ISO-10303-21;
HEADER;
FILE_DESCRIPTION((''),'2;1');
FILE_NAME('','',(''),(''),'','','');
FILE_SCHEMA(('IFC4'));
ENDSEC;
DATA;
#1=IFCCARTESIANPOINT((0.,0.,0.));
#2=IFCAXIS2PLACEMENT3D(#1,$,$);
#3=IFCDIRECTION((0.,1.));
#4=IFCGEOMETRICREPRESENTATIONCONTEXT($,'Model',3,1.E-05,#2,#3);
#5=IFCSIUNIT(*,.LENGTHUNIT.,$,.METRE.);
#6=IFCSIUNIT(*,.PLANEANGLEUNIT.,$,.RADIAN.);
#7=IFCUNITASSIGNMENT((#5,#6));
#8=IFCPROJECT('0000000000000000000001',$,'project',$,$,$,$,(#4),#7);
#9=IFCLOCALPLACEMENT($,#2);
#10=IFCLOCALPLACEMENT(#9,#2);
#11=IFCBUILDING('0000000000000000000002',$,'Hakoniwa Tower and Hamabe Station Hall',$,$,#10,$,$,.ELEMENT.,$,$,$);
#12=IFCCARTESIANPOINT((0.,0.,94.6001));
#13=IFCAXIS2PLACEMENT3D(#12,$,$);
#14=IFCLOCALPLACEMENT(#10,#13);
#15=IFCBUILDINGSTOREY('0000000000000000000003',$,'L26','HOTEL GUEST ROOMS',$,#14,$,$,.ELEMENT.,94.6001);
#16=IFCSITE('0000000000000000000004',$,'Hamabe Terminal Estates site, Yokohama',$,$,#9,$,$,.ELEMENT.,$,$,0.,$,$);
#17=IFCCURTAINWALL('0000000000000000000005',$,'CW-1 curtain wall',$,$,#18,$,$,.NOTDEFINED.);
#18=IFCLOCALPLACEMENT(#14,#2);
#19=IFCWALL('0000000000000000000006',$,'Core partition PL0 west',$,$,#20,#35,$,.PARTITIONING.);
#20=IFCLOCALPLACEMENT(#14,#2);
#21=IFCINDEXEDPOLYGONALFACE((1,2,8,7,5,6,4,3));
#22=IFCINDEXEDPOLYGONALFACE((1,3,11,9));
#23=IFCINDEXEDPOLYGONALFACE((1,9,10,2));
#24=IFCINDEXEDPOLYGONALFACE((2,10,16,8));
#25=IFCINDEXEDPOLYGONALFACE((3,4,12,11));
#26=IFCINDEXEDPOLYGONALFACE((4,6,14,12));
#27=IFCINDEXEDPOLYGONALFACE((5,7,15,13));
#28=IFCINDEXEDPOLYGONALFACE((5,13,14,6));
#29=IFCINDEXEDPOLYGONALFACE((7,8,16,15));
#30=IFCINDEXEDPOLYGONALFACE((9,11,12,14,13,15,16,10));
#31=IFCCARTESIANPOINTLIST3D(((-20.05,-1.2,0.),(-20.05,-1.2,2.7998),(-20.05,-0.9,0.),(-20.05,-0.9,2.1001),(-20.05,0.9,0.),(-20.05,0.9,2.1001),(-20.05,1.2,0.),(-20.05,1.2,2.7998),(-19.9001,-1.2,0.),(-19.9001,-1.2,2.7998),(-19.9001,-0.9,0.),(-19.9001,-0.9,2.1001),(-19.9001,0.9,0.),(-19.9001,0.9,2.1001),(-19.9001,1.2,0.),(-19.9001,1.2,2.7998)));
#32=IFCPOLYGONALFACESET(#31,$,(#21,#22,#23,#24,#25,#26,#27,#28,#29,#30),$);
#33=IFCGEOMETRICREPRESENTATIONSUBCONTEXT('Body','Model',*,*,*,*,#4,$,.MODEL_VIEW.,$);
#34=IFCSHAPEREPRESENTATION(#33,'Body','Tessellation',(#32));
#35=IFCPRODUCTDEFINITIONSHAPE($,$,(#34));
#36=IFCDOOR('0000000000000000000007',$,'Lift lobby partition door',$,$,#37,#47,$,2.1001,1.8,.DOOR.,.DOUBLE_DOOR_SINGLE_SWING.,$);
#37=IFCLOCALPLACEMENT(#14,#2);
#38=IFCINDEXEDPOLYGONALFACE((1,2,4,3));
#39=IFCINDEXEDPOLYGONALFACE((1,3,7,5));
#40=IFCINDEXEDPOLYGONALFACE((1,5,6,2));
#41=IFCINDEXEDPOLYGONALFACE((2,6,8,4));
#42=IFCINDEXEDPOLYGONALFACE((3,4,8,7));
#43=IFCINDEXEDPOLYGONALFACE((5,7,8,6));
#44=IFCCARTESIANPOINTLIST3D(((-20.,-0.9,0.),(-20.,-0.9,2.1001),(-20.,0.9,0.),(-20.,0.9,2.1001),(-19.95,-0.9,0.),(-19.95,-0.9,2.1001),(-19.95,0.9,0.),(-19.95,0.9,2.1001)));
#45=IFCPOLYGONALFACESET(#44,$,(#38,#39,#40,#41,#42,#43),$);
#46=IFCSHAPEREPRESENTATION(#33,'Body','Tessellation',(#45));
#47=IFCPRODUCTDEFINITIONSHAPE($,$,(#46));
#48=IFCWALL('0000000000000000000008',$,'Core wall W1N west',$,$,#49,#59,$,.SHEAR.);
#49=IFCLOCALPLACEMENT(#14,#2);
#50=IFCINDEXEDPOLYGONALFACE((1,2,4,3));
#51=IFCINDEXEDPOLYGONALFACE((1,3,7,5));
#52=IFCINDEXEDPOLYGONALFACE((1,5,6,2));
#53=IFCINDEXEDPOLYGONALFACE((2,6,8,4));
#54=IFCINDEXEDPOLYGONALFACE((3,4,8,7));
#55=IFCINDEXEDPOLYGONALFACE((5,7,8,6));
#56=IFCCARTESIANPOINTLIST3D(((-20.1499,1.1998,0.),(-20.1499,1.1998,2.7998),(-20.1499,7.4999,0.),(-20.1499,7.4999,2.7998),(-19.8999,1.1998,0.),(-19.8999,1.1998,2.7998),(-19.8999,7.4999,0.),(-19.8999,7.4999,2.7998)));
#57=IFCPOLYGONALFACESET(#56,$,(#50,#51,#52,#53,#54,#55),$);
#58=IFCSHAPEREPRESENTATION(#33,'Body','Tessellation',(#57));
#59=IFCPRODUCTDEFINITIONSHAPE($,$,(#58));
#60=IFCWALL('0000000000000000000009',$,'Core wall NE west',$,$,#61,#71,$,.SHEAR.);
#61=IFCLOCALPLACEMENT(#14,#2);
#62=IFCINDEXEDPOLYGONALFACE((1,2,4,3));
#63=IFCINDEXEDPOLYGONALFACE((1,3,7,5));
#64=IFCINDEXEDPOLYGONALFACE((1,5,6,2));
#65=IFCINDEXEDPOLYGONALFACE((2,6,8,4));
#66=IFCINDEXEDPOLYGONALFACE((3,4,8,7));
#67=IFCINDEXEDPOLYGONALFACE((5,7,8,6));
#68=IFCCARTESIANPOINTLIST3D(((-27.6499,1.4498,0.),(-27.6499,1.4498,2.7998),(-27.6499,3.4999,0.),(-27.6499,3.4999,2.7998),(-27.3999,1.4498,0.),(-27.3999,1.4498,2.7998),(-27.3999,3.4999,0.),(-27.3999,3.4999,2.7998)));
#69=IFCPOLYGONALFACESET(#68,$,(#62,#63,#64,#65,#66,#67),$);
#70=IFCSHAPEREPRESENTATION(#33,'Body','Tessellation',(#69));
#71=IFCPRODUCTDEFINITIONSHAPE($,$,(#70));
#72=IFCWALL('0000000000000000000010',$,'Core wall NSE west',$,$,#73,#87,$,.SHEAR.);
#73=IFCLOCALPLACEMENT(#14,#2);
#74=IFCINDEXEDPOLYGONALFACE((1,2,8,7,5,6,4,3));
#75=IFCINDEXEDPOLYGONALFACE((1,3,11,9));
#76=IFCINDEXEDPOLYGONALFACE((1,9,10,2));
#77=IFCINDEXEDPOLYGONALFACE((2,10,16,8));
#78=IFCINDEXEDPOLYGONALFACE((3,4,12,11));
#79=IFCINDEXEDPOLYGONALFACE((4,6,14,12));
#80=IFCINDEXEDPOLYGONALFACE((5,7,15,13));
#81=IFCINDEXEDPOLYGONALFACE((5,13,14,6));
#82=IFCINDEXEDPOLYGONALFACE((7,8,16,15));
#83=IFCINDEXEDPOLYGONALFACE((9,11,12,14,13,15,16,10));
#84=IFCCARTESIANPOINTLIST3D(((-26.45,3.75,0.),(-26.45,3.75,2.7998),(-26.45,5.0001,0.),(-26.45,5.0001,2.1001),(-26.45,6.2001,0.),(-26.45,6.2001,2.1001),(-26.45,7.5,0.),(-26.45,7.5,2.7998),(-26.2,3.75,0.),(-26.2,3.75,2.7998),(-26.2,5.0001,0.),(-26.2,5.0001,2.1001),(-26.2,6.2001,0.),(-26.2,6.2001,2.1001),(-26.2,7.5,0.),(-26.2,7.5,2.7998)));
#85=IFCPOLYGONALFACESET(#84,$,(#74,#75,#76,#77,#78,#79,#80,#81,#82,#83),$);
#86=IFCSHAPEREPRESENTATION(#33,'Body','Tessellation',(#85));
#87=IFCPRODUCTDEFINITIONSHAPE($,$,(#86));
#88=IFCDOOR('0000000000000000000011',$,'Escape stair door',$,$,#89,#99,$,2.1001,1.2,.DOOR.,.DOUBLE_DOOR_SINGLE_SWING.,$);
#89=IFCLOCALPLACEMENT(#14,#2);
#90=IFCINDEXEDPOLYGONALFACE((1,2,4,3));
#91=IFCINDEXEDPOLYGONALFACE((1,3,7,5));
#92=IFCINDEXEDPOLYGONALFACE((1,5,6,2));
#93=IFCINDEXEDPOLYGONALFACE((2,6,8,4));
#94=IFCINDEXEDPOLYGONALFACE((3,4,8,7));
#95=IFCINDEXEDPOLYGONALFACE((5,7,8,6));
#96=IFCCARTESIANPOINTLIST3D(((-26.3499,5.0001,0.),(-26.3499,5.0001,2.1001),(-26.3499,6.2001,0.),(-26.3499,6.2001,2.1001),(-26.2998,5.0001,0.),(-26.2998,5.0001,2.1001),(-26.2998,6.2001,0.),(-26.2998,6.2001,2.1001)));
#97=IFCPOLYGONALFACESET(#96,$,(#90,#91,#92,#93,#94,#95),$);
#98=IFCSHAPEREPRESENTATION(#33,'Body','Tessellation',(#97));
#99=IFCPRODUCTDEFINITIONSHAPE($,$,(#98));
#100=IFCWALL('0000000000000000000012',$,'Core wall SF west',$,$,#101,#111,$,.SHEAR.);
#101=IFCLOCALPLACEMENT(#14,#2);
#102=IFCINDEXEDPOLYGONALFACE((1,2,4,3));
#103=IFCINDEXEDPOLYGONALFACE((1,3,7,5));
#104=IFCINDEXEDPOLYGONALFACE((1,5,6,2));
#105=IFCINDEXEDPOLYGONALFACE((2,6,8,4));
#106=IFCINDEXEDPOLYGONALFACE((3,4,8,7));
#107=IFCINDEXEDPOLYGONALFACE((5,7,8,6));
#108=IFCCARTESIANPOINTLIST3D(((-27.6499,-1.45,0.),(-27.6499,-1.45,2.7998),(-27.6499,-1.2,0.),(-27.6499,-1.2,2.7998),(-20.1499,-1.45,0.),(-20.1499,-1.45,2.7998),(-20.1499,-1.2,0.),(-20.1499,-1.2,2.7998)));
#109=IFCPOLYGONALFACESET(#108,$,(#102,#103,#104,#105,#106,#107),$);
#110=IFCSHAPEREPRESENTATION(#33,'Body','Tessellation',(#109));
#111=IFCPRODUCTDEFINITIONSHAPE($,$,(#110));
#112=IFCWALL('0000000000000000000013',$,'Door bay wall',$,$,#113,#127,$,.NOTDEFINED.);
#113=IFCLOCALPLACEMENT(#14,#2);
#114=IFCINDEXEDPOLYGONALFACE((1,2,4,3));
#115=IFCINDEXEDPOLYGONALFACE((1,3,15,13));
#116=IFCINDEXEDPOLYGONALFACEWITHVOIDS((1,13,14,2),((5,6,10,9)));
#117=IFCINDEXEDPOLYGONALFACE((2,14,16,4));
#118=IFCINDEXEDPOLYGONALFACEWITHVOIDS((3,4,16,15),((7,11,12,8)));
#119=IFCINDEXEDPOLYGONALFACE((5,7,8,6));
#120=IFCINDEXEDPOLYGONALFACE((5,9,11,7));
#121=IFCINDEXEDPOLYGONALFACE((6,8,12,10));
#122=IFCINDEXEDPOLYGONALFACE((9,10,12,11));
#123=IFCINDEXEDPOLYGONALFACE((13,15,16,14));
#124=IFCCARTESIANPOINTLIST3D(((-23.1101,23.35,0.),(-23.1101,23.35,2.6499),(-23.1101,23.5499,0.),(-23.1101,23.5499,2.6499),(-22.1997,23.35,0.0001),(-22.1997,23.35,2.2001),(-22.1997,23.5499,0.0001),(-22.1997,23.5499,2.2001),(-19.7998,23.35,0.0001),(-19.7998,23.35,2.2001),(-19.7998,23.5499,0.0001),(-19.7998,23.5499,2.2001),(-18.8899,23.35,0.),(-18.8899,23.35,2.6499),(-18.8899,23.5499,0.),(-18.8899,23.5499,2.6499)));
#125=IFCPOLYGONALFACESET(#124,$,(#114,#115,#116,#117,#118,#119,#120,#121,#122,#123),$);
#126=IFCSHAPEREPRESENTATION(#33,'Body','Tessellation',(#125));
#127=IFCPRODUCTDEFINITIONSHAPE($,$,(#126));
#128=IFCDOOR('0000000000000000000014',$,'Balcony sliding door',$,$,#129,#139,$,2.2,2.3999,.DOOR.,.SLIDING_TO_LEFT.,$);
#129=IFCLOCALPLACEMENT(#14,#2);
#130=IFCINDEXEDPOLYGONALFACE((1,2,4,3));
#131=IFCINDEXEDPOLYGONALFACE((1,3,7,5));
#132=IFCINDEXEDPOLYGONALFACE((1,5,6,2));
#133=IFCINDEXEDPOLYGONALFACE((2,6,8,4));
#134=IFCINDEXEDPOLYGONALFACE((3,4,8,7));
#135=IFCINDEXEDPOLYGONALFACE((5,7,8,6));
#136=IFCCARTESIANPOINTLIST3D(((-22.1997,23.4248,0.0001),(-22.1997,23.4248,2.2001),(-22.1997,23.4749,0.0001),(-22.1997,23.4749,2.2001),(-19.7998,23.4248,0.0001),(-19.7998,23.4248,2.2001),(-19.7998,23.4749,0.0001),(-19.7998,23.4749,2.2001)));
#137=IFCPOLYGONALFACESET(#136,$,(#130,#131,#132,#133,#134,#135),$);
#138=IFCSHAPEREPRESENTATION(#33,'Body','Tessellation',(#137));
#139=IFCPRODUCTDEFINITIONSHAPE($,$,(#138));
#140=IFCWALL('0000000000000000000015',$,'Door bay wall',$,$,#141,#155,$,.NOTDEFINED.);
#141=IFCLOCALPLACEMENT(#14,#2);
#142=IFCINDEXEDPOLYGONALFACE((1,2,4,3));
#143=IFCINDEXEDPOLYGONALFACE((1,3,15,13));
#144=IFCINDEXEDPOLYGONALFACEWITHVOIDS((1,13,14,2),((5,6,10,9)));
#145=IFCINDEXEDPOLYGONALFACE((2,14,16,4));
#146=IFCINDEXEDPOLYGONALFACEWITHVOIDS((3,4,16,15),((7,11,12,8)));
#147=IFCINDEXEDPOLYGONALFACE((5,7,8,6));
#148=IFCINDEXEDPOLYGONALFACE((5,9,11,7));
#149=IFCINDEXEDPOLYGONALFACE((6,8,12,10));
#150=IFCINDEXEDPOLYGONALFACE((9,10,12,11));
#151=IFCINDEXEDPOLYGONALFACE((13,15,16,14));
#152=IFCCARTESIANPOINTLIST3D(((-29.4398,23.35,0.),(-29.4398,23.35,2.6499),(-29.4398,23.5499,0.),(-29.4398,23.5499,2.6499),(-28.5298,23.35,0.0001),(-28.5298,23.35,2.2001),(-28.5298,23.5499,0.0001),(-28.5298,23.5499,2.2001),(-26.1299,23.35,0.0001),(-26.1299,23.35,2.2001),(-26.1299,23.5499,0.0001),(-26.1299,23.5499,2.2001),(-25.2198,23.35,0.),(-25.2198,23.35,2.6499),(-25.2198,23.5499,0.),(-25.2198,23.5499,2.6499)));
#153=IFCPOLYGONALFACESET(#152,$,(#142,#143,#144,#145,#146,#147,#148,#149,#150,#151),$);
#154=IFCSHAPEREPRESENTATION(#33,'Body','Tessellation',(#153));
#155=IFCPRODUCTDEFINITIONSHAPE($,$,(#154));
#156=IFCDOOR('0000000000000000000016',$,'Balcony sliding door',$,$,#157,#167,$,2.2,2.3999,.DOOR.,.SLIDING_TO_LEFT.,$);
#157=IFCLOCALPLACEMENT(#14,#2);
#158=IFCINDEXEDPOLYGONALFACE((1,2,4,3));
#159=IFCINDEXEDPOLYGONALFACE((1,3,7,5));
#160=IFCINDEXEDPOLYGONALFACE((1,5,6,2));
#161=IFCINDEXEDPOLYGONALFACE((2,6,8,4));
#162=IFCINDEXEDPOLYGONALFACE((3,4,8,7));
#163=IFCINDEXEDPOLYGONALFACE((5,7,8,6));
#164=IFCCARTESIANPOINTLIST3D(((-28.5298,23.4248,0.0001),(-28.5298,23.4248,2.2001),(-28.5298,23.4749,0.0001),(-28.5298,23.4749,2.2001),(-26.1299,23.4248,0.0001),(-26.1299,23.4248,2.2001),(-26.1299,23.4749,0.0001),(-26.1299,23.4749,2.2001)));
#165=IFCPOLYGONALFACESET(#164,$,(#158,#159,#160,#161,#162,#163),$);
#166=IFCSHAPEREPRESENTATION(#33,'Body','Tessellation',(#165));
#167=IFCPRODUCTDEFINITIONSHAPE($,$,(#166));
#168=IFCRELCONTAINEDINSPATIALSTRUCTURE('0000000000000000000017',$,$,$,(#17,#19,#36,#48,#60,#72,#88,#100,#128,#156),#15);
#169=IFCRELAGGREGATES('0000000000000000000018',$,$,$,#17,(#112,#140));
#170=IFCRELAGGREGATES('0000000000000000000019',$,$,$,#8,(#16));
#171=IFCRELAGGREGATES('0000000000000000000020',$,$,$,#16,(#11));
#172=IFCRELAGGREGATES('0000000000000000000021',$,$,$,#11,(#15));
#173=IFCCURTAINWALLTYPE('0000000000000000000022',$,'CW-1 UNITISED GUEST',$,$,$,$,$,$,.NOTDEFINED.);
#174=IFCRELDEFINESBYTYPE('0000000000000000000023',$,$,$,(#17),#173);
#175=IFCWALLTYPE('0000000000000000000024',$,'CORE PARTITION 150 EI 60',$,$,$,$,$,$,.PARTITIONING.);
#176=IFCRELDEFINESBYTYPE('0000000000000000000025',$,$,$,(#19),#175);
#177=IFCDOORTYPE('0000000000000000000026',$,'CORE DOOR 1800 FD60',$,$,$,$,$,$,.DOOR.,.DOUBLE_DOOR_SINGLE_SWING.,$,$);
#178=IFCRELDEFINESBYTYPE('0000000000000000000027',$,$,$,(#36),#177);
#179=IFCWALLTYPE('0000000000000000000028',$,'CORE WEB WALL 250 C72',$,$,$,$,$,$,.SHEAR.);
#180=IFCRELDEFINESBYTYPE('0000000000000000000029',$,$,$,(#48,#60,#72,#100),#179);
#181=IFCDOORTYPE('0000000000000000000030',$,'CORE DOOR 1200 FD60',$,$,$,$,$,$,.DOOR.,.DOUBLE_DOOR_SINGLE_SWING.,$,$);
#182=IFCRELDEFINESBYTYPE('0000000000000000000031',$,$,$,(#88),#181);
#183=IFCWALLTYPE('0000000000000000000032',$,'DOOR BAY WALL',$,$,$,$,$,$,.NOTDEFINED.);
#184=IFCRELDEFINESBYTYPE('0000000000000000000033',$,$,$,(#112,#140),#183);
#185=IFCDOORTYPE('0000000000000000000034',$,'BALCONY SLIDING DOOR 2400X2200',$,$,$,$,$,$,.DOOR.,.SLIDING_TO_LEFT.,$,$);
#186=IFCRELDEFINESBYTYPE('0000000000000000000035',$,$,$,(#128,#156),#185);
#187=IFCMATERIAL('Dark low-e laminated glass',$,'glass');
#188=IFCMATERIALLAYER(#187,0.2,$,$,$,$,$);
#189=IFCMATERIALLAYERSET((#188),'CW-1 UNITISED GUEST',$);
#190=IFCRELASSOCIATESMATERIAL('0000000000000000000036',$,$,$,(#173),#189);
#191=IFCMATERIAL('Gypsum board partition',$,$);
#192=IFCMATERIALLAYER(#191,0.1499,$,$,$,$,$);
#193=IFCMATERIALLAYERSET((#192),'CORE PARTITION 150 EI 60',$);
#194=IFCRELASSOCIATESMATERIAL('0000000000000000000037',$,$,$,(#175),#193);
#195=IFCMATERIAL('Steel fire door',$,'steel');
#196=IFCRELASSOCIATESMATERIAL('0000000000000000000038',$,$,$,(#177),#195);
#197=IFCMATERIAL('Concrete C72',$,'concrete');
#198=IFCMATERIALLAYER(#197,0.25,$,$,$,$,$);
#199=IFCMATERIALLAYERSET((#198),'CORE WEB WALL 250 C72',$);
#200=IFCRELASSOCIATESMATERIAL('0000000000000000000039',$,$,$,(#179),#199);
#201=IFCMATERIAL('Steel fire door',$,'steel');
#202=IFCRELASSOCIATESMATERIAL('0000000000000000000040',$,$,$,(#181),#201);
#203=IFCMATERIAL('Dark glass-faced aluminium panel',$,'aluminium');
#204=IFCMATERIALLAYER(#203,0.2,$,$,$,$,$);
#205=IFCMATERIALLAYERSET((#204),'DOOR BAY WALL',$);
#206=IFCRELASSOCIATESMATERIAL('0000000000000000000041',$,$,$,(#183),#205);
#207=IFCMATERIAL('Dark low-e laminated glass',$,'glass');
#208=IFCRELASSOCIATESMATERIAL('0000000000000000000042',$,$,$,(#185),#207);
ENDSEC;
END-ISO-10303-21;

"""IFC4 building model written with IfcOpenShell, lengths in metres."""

from ifc_helpers import new_model, si_unit, direction, frame, frame_2d, origin, place, context, subcontext, project, spatial, rectangle, extrude, material, layer, layer_set, type_object, element, fill, aggregate, save


model = new_model("IFC4")

# Units and contexts
model_context = context("Model", 3, precision=1e-05, world=origin(), true_north=direction((0.0, 1.0)))
body_context = subcontext(model_context, "Body", "Model", "MODEL_VIEW")
ifc_project = project(units=[si_unit("LENGTHUNIT", "METRE"), si_unit("PLANEANGLEUNIT", "RADIAN")], contexts=[model_context])

# Site, building, storey
site_placement = place(None, origin())
site = spatial("IfcSite", under=ifc_project, at=site_placement, Name="Hamabe Terminal Estates site, Yokohama", CompositionType="ELEMENT", RefElevation=0.0)
building_placement = place(site_placement, origin())
building = spatial("IfcBuilding", under=site, at=building_placement, Name="Hakoniwa Tower and Hamabe Station Hall", CompositionType="ELEMENT")
storey_placement = place(building_placement, frame((0.0, 0.0, 94.6001)))
storey = spatial("IfcBuildingStorey", under=building, at=storey_placement, Name="L26", Description="HOTEL GUEST ROOMS", CompositionType="ELEMENT", Elevation=94.6001)

# Curtain wall
ifc_material_1 = material(Name="Dark low-e laminated glass", Category="glass")
ifc_layer_1 = layer(ifc_material_1, 0.2)
ifc_layer_set_1 = layer_set([ifc_layer_1], Name="CW-1 UNITISED GUEST")
curtain_wall_type = type_object("IfcCurtainWallType", Name="CW-1 UNITISED GUEST", PredefinedType="NOTDEFINED", material=ifc_layer_set_1)
curtain_wall_placement = place(storey_placement, origin())
curtain_wall = element("IfcCurtainWall", 1, at=curtain_wall_placement, inside=storey, type_object=curtain_wall_type, Name="CW-1 curtain wall", PredefinedType="NOTDEFINED")

# Wall, opening, door
ifc_material_2 = material(Name="Gypsum board partition")
ifc_layer_2 = layer(ifc_material_2, 0.1499)
ifc_layer_set_2 = layer_set([ifc_layer_2], Name="CORE PARTITION 150 EI 60")
wall_type_1 = type_object("IfcWallType", Name="CORE PARTITION 150 EI 60", PredefinedType="PARTITIONING", material=ifc_layer_set_2)
wall_1_placement = place(storey_placement, frame((-19.9751, -1.2, 0.0), z_axis=(0.0, 0.0, 1.0), x_axis=(0.0, 1.0, 0.0)))
wall_1 = element("IfcWall", 2, at=wall_1_placement, inside=storey, type_object=wall_type_1, Name="Core partition PL0 west", PredefinedType="PARTITIONING", context=body_context, shape_type="SweptSolid", body=[
    extrude(rectangle(XDim=2.3999, YDim=0.1499, at=frame_2d((1.2, 0.0))), origin(), (0.0, 0.0, 1.0), 2.7998),
])
opening_1_placement = place(wall_1_placement, frame((0.3, 0.0, 0.0)))
opening_1 = element("IfcOpeningElement", 3, at=opening_1_placement, cuts=wall_1, PredefinedType="OPENING", context=body_context, shape_type="SweptSolid", body=[
    extrude(rectangle(XDim=1.8, YDim=2.1001, at=frame_2d((0.8999, 1.05))), frame((0.0, 0.085, 0.0), z_axis=(0.0, -1.0, 0.0), x_axis=(1.0, 0.0, 0.0)), (0.0, 0.0, 1.0), 0.1699),
])
ifc_material_3 = material(Name="Steel fire door", Category="steel")
door_type_1 = type_object("IfcDoorType", Name="CORE DOOR 1800 FD60", OperationType="DOUBLE_DOOR_SINGLE_SWING", PredefinedType="DOOR", material=ifc_material_3)
door_1_placement = place(opening_1_placement, origin())
door_1 = element("IfcDoor", 4, at=door_1_placement, inside=storey, type_object=door_type_1, Name="Lift lobby partition door", OperationType="DOUBLE_DOOR_SINGLE_SWING", OverallHeight=2.1001, OverallWidth=1.8, PredefinedType="DOOR", context=body_context, shape_type="SweptSolid", body=[
    extrude(rectangle(XDim=1.8, YDim=2.1001, at=frame_2d((0.8999, 1.05))), frame((0.0, 0.0249, 0.0), z_axis=(0.0, -1.0, 0.0), x_axis=(1.0, 0.0, 0.0)), (0.0, 0.0, 1.0), 0.05),
])
fill(opening_1, door_1)

# Walls
ifc_material_4 = material(Name="Concrete C72", Category="concrete")
ifc_layer_3 = layer(ifc_material_4, 0.25)
ifc_layer_set_3 = layer_set([ifc_layer_3], Name="CORE WEB WALL 250 C72")
wall_type_2 = type_object("IfcWallType", Name="CORE WEB WALL 250 C72", PredefinedType="SHEAR", material=ifc_layer_set_3)
wall_2_placement = place(storey_placement, frame((-20.0249, 1.2, 0.0), z_axis=(0.0, 0.0, 1.0), x_axis=(0.0, 1.0, 0.0)))
element("IfcWall", 5, at=wall_2_placement, inside=storey, type_object=wall_type_2, Name="Core wall W1N west", PredefinedType="SHEAR", context=body_context, shape_type="SweptSolid", body=[
    extrude(rectangle(XDim=6.3, YDim=0.25, at=frame_2d((3.1499, 0.0))), origin(), (0.0, 0.0, 1.0), 2.7998),
])
wall_3_placement = place(storey_placement, frame((-27.5249, 1.45, 0.0), z_axis=(0.0, 0.0, 1.0), x_axis=(0.0, 1.0, 0.0)))
element("IfcWall", 6, at=wall_3_placement, inside=storey, type_object=wall_type_2, Name="Core wall NE west", PredefinedType="SHEAR", context=body_context, shape_type="SweptSolid", body=[
    extrude(rectangle(XDim=2.05, YDim=0.25, at=frame_2d((1.0249, 0.0))), origin(), (0.0, 0.0, 1.0), 2.7998),
])

# Wall, opening, door
wall_4_placement = place(storey_placement, frame((-26.325, 3.75, 0.0), z_axis=(0.0, 0.0, 1.0), x_axis=(0.0, 1.0, 0.0)))
wall_4 = element("IfcWall", 7, at=wall_4_placement, inside=storey, type_object=wall_type_2, Name="Core wall NSE west", PredefinedType="SHEAR", context=body_context, shape_type="SweptSolid", body=[
    extrude(rectangle(XDim=3.75, YDim=0.25, at=frame_2d((1.875, 0.0))), origin(), (0.0, 0.0, 1.0), 2.7998),
])
opening_2_placement = place(wall_4_placement, frame((1.25, 0.0, 0.0)))
opening_2 = element("IfcOpeningElement", 8, at=opening_2_placement, cuts=wall_4, PredefinedType="OPENING", context=body_context, shape_type="SweptSolid", body=[
    extrude(rectangle(XDim=1.2, YDim=2.1001, at=frame_2d((0.6001, 1.05))), frame((0.0, 0.135, 0.0), z_axis=(0.0, -1.0, 0.0), x_axis=(1.0, 0.0, 0.0)), (0.0, 0.0, 1.0), 0.27),
])
ifc_material_5 = material(Name="Steel fire door", Category="steel")
door_type_2 = type_object("IfcDoorType", Name="CORE DOOR 1200 FD60", OperationType="DOUBLE_DOOR_SINGLE_SWING", PredefinedType="DOOR", material=ifc_material_5)
door_2_placement = place(opening_2_placement, origin())
door_2 = element("IfcDoor", 9, at=door_2_placement, inside=storey, type_object=door_type_2, Name="Escape stair door", OperationType="DOUBLE_DOOR_SINGLE_SWING", OverallHeight=2.1001, OverallWidth=1.2, PredefinedType="DOOR", context=body_context, shape_type="SweptSolid", body=[
    extrude(rectangle(XDim=1.2, YDim=2.1001, at=frame_2d((0.6001, 1.05))), frame((0.0, 0.0249, 0.0), z_axis=(0.0, -1.0, 0.0), x_axis=(1.0, 0.0, 0.0)), (0.0, 0.0, 1.0), 0.05),
])
fill(opening_2, door_2)

# Wall
wall_5_placement = place(storey_placement, frame((-27.6499, -1.325, 0.0), z_axis=(0.0, 0.0, 1.0), x_axis=(1.0, 0.0, 0.0)))
element("IfcWall", 10, at=wall_5_placement, inside=storey, type_object=wall_type_2, Name="Core wall SF west", PredefinedType="SHEAR", context=body_context, shape_type="SweptSolid", body=[
    extrude(rectangle(XDim=7.5, YDim=0.25, at=frame_2d((3.75, 0.0))), origin(), (0.0, 0.0, 1.0), 2.7998),
])

# Walls, openings, doors
ifc_material_6 = material(Name="Dark glass-faced aluminium panel", Category="aluminium")
ifc_layer_4 = layer(ifc_material_6, 0.2)
ifc_layer_set_4 = layer_set([ifc_layer_4], Name="DOOR BAY WALL")
wall_type_3 = type_object("IfcWallType", Name="DOOR BAY WALL", PredefinedType="NOTDEFINED", material=ifc_layer_set_4)
wall_6_placement = place(storey_placement, frame((-18.8899, 23.45, 0.0), z_axis=(0.0, 0.0, 1.0), x_axis=(-1.0, 0.0, 0.0)))
wall_6 = element("IfcWall", 11, at=wall_6_placement, type_object=wall_type_3, Name="Door bay wall", PredefinedType="NOTDEFINED", context=body_context, shape_type="SweptSolid", body=[
    extrude(rectangle(XDim=4.2202, YDim=0.2, at=frame_2d((2.1101, 0.0))), origin(), (0.0, 0.0, 1.0), 2.6499),
])
opening_3_placement = place(wall_6_placement, frame((0.9099, 0.0, 0.0)))
opening_3 = element("IfcOpeningElement", 12, at=opening_3_placement, cuts=wall_6, PredefinedType="OPENING", context=body_context, shape_type="SweptSolid", body=[
    extrude(rectangle(XDim=2.3999, YDim=2.2, at=frame_2d((1.2, 1.1001))), frame((0.0, 0.1099, 0.0), z_axis=(0.0, -1.0, 0.0), x_axis=(1.0, 0.0, 0.0)), (0.0, 0.0, 1.0), 0.22),
])
ifc_material_7 = material(Name="Dark low-e laminated glass", Category="glass")
door_type_3 = type_object("IfcDoorType", Name="BALCONY SLIDING DOOR 2400X2200", OperationType="SLIDING_TO_LEFT", PredefinedType="DOOR", material=ifc_material_7)
door_3_placement = place(opening_3_placement, frame((2.3999, 0.0, 0.0), z_axis=(0.0, 0.0, 1.0), x_axis=(-1.0, 0.0, 0.0)))
door_3 = element("IfcDoor", 13, at=door_3_placement, inside=storey, type_object=door_type_3, Name="Balcony sliding door", OperationType="SLIDING_TO_LEFT", OverallHeight=2.2, OverallWidth=2.3999, PredefinedType="DOOR", context=body_context, shape_type="SweptSolid", body=[
    extrude(rectangle(XDim=2.3999, YDim=2.2, at=frame_2d((1.2, 1.1001))), frame((0.0, 0.0249, 0.0), z_axis=(0.0, -1.0, 0.0), x_axis=(1.0, 0.0, 0.0)), (0.0, 0.0, 1.0), 0.05),
])
fill(opening_3, door_3)
wall_7_placement = place(storey_placement, frame((-25.22, 23.45, 0.0), z_axis=(0.0, 0.0, 1.0), x_axis=(-1.0, 0.0, 0.0)))
wall_7 = element("IfcWall", 14, at=wall_7_placement, type_object=wall_type_3, Name="Door bay wall", PredefinedType="NOTDEFINED", context=body_context, shape_type="SweptSolid", body=[
    extrude(rectangle(XDim=4.22, YDim=0.2, at=frame_2d((2.1099, 0.0))), origin(), (0.0, 0.0, 1.0), 2.6499),
])
opening_4_placement = place(wall_7_placement, frame((0.9099, 0.0, 0.0)))
opening_4 = element("IfcOpeningElement", 15, at=opening_4_placement, cuts=wall_7, PredefinedType="OPENING", context=body_context, shape_type="SweptSolid", body=[
    extrude(rectangle(XDim=2.3999, YDim=2.2, at=frame_2d((1.2, 1.1001))), frame((0.0, 0.1099, 0.0), z_axis=(0.0, -1.0, 0.0), x_axis=(1.0, 0.0, 0.0)), (0.0, 0.0, 1.0), 0.22),
])
door_4_placement = place(opening_4_placement, frame((2.3999, 0.0, 0.0), z_axis=(0.0, 0.0, 1.0), x_axis=(-1.0, 0.0, 0.0)))
door_4 = element("IfcDoor", 16, at=door_4_placement, inside=storey, type_object=door_type_3, Name="Balcony sliding door", OperationType="SLIDING_TO_LEFT", OverallHeight=2.2, OverallWidth=2.3999, PredefinedType="DOOR", context=body_context, shape_type="SweptSolid", body=[
    extrude(rectangle(XDim=2.3999, YDim=2.2, at=frame_2d((1.2, 1.1001))), frame((0.0, 0.0249, 0.0), z_axis=(0.0, -1.0, 0.0), x_axis=(1.0, 0.0, 0.0)), (0.0, 0.0, 1.0), 0.05),
])
fill(opening_4, door_4)
aggregate(curtain_wall, [wall_6, wall_7])

save(model, "model.ifc")
